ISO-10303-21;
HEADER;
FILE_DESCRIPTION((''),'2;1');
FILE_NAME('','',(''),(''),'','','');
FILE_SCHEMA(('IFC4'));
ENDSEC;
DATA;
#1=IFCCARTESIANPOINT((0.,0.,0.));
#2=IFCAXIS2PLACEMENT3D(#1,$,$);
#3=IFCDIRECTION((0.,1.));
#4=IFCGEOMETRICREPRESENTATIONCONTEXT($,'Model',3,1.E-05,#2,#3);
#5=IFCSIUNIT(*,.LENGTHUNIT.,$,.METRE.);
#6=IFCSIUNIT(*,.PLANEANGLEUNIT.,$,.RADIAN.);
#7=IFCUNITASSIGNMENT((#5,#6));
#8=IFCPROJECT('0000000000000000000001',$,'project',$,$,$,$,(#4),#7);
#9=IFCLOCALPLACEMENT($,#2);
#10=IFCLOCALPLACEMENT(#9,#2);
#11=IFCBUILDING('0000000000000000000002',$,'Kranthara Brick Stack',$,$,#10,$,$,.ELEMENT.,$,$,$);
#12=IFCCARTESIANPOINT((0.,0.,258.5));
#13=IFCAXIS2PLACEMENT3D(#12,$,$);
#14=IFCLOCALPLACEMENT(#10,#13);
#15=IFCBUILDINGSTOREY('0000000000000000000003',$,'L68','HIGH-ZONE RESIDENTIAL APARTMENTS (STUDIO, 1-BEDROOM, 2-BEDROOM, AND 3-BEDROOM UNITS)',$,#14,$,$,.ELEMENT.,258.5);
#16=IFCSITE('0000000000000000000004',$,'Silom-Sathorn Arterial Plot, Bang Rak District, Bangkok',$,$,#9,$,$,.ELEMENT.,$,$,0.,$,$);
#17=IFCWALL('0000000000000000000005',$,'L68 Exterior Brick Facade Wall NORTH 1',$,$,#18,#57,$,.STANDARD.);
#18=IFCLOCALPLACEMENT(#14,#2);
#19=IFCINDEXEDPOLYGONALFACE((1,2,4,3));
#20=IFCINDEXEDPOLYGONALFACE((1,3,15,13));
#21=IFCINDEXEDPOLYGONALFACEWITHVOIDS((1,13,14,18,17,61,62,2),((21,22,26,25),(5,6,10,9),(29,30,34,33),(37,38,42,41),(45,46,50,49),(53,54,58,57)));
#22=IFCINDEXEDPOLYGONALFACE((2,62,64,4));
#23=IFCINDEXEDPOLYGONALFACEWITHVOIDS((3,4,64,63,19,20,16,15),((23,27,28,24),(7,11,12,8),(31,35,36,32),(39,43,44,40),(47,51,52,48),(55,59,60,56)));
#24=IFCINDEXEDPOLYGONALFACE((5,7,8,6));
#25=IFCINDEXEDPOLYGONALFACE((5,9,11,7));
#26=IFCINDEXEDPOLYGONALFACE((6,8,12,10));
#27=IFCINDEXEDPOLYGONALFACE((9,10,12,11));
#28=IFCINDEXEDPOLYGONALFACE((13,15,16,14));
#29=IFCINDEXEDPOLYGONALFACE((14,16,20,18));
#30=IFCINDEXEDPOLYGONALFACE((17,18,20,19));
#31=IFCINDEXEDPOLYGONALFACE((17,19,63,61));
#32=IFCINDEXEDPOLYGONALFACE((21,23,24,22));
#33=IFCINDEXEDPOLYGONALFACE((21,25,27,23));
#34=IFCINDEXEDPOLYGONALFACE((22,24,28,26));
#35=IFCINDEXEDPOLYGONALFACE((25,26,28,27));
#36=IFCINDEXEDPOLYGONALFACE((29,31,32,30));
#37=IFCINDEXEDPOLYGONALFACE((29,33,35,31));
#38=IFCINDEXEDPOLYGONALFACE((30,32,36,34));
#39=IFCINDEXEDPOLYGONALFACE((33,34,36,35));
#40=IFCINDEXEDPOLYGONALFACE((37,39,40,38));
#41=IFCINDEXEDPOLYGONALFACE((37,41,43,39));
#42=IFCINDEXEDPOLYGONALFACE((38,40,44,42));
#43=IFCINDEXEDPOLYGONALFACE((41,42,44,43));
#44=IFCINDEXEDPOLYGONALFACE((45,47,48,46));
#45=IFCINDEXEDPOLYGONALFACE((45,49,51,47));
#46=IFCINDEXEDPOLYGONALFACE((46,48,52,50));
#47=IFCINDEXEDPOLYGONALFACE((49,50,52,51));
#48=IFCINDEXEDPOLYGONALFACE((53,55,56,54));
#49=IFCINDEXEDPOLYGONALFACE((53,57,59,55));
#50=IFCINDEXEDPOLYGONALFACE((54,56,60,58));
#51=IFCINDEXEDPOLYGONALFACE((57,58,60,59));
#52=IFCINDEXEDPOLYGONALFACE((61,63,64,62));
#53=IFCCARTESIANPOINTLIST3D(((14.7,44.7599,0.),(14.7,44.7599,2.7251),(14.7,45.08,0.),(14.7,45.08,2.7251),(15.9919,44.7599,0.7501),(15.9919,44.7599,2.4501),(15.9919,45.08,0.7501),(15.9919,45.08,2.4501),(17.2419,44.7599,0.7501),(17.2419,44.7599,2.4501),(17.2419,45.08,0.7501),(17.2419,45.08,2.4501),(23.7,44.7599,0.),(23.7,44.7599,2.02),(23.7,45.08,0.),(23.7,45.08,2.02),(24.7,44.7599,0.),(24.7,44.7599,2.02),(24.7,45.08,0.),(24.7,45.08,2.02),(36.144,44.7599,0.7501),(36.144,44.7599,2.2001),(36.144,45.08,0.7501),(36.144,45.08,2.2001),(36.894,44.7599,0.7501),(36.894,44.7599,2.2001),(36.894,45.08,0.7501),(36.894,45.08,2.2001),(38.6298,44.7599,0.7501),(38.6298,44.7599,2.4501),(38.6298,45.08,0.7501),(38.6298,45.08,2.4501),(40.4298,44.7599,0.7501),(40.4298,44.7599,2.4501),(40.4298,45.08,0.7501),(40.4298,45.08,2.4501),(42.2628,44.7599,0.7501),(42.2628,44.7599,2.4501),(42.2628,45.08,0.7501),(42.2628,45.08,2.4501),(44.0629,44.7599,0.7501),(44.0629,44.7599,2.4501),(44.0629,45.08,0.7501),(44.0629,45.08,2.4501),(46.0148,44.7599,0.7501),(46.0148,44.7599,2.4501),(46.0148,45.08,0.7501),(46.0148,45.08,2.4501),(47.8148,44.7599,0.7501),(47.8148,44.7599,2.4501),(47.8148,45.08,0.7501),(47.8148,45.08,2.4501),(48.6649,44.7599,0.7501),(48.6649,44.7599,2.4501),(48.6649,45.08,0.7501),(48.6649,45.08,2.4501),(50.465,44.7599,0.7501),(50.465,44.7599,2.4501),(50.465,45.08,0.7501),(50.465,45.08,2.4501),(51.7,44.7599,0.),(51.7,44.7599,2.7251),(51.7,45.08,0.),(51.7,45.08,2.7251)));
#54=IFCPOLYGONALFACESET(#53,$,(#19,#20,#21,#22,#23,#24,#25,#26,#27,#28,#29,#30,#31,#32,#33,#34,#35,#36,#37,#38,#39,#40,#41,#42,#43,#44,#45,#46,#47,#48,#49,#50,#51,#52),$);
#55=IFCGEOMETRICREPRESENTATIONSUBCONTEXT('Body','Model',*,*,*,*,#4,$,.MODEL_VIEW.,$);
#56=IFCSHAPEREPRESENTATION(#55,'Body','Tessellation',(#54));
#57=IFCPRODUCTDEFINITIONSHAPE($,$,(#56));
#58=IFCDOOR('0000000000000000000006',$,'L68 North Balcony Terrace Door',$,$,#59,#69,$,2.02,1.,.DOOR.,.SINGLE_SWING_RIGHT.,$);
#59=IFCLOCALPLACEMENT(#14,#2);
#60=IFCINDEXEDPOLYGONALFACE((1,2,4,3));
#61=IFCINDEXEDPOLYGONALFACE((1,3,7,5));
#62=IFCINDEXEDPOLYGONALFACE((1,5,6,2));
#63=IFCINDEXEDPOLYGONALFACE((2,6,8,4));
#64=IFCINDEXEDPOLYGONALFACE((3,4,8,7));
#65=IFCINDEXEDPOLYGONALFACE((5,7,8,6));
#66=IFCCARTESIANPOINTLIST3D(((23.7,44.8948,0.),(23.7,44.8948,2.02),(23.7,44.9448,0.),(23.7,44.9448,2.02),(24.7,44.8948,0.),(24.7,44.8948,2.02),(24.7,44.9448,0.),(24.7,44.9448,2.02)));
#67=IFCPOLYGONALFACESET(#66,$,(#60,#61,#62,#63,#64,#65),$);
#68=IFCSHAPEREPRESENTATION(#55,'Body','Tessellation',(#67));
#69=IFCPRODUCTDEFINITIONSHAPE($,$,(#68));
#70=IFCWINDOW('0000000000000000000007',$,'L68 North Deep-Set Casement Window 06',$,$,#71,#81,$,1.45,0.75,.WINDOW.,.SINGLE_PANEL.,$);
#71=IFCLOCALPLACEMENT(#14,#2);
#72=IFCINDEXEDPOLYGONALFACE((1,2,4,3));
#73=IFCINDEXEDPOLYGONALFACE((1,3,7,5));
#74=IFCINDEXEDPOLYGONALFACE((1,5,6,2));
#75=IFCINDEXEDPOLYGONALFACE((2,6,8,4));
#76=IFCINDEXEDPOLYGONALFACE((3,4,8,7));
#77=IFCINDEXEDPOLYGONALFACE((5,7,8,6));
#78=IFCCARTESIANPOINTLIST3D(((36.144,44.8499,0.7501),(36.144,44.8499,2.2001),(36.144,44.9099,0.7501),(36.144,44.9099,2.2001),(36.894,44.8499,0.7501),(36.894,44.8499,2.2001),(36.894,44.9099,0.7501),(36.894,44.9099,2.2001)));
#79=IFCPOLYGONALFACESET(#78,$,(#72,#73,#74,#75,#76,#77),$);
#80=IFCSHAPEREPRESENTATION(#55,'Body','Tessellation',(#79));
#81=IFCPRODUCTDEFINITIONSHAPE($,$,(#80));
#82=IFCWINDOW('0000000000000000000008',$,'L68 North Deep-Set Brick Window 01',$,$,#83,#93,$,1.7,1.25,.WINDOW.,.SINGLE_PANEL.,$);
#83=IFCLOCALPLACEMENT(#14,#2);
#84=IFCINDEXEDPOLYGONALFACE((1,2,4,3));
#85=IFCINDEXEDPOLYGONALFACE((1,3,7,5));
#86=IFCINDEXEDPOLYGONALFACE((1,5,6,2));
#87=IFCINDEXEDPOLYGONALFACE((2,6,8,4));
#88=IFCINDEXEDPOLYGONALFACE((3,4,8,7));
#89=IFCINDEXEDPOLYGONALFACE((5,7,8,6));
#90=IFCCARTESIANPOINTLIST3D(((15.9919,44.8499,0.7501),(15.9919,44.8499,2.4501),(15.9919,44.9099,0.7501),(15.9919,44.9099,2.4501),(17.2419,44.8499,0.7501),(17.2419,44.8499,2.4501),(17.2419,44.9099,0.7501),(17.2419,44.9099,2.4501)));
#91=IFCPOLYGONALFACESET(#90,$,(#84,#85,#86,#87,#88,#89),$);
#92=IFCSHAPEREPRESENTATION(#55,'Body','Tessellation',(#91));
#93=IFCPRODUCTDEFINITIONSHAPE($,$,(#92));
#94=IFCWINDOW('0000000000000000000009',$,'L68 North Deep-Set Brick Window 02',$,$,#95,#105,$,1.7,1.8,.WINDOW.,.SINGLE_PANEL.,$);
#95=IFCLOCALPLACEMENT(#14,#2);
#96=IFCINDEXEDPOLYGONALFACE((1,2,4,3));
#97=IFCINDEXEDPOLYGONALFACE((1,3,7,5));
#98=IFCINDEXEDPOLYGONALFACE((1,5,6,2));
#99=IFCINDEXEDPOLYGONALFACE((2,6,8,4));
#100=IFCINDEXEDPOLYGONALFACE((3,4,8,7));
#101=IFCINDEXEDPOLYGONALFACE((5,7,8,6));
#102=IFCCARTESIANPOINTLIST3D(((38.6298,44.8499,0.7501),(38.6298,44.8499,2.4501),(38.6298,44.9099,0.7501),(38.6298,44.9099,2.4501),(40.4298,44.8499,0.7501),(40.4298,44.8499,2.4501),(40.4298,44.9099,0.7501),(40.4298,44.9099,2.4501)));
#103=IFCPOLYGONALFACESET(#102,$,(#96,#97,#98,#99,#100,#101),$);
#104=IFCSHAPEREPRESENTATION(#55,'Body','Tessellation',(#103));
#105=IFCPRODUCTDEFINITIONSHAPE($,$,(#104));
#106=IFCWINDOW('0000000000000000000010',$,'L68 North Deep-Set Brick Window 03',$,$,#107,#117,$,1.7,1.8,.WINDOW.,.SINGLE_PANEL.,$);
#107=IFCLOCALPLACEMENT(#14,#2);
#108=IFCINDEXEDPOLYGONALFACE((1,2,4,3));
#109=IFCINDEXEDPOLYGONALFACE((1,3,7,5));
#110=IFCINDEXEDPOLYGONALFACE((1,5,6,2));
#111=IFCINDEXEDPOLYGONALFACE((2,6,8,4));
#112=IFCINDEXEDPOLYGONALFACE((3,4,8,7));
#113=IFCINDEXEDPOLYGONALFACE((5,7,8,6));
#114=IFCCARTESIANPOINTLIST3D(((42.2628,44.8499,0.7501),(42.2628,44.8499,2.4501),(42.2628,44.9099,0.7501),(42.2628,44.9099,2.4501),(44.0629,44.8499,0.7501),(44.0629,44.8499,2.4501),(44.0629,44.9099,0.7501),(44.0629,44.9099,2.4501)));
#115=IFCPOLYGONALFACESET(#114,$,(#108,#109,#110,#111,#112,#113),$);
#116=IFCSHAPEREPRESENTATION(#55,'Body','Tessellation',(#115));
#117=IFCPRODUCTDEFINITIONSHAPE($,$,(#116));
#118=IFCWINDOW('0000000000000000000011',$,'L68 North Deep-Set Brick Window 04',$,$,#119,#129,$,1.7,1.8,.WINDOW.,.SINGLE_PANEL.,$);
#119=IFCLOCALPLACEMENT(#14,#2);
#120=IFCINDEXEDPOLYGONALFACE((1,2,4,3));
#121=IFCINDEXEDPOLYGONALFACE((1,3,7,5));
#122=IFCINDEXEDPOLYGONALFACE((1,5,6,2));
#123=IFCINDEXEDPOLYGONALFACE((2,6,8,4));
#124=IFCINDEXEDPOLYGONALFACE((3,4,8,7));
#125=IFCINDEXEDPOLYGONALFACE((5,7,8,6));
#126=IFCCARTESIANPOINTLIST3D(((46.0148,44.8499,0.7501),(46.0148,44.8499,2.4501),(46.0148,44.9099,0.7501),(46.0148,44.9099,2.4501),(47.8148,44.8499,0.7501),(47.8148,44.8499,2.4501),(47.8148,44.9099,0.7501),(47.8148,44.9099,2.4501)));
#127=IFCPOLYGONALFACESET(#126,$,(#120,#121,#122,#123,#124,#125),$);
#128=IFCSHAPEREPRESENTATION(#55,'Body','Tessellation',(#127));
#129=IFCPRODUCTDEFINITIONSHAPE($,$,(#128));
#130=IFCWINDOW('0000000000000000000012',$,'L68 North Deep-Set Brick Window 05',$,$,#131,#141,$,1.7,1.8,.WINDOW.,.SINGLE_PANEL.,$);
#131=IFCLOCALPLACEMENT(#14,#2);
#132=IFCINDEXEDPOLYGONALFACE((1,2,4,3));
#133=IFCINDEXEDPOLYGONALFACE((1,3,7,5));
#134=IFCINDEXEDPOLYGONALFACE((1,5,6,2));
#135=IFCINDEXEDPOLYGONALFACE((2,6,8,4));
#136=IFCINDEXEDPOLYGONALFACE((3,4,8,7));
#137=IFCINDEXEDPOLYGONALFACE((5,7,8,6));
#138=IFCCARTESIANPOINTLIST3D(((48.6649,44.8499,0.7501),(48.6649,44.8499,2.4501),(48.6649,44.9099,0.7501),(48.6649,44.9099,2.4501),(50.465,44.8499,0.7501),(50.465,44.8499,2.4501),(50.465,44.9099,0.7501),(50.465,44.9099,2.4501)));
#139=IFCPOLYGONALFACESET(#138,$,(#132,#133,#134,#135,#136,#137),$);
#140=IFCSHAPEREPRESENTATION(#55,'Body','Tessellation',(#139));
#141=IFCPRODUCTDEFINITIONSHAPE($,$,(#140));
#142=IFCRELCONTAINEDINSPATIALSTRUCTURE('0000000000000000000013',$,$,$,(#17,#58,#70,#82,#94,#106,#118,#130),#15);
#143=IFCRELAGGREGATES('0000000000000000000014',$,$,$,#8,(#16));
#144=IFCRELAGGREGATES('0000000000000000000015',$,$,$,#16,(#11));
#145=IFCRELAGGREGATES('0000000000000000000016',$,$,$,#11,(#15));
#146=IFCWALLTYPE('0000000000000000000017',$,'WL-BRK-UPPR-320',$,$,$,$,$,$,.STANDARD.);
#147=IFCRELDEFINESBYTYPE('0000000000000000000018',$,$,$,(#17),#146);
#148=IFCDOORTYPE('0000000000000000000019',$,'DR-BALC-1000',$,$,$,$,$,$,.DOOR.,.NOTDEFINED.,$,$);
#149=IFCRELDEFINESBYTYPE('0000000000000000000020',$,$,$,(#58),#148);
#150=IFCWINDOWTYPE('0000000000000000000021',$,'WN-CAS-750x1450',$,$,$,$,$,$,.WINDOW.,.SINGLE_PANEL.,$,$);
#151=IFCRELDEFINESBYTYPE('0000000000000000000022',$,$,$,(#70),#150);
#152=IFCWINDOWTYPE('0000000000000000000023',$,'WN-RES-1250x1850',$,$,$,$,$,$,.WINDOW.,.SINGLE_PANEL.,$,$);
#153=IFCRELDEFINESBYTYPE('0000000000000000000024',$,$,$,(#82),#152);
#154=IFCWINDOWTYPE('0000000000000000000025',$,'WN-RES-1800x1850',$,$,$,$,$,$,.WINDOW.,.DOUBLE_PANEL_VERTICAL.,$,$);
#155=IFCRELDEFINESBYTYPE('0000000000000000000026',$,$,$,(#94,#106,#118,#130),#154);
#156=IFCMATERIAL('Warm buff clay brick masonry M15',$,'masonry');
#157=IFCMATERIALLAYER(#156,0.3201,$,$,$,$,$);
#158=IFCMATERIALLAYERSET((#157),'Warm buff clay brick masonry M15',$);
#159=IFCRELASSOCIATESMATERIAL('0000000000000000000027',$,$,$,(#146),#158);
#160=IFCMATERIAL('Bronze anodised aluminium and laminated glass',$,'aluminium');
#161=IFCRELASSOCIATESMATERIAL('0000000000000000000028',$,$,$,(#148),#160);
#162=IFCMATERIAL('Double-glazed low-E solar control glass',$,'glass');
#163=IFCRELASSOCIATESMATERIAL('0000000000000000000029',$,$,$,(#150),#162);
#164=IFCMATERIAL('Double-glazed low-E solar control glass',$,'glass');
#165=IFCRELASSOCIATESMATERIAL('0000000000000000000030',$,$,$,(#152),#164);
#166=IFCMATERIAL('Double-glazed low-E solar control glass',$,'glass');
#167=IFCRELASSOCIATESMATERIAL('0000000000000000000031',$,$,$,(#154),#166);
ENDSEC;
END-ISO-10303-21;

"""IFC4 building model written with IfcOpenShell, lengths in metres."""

from ifc_helpers import new_model, si_unit, direction, frame, frame_2d, origin, place, context, subcontext, project, spatial, rectangle, extrude, material, layer, layer_set, type_object, element, fill, save


model = new_model("IFC4")

# Units and contexts
model_context = context("Model", 3, precision=1e-05, world=origin(), true_north=direction((0.0, 1.0)))
body_context = subcontext(model_context, "Body", "Model", "MODEL_VIEW")
ifc_project = project(units=[si_unit("LENGTHUNIT", "METRE"), si_unit("PLANEANGLEUNIT", "RADIAN")], contexts=[model_context])

# Site, building, storey
site_placement = place(None, origin())
site = spatial("IfcSite", under=ifc_project, at=site_placement, Name="Silom-Sathorn Arterial Plot, Bang Rak District, Bangkok", CompositionType="ELEMENT", RefElevation=0.0)
building_placement = place(site_placement, origin())
building = spatial("IfcBuilding", under=site, at=building_placement, Name="Kranthara Brick Stack", CompositionType="ELEMENT")
storey_placement = place(building_placement, frame((0.0, 0.0, 258.5)))
storey = spatial("IfcBuildingStorey", under=building, at=storey_placement, Name="L68", Description="HIGH-ZONE RESIDENTIAL APARTMENTS (STUDIO, 1-BEDROOM, 2-BEDROOM, AND 3-BEDROOM UNITS)", CompositionType="ELEMENT", Elevation=258.5)

# Wall, openings, door, windows
ifc_material_1 = material(Name="Warm buff clay brick masonry M15", Category="masonry")
ifc_layer_1 = layer(ifc_material_1, 0.3201)
ifc_layer_set_1 = layer_set([ifc_layer_1], Name="Warm buff clay brick masonry M15")
wall_type_1 = type_object("IfcWallType", Name="WL-BRK-UPPR-320", PredefinedType="STANDARD", material=ifc_layer_set_1)
wall_1_placement = place(storey_placement, frame((14.7, 44.9199, 0.0), z_axis=(0.0, 0.0, 1.0), x_axis=(1.0, 0.0, 0.0)))
wall_1 = element("IfcWall", 1, at=wall_1_placement, inside=storey, type_object=wall_type_1, Name="L68 Exterior Brick Facade Wall NORTH 1", PredefinedType="STANDARD", context=body_context, shape_type="SweptSolid", body=[
    extrude(rectangle(XDim=37.0, YDim=0.3201, at=frame_2d((18.5, 0.0))), origin(), (0.0, 0.0, 1.0), 2.7251),
])
opening_1_placement = place(wall_1_placement, frame((9.0, 0.0, 0.0)))
opening_1 = element("IfcOpeningElement", 2, at=opening_1_placement, cuts=wall_1, PredefinedType="OPENING", context=body_context, shape_type="SweptSolid", body=[
    extrude(rectangle(XDim=1.0, YDim=2.02, at=frame_2d((0.5, 1.01))), frame((0.0, 0.1699, 0.0), z_axis=(0.0, -1.0, 0.0), x_axis=(1.0, 0.0, 0.0)), (0.0, 0.0, 1.0), 0.3401),
])
opening_2_placement = place(wall_1_placement, frame((1.292, 0.0, 0.75)))
opening_2 = element("IfcOpeningElement", 3, at=opening_2_placement, cuts=wall_1, PredefinedType="OPENING", context=body_context, shape_type="SweptSolid", body=[
    extrude(rectangle(XDim=1.25, YDim=1.7, at=frame_2d((0.625, 0.8501))), frame((0.0, 0.1699, 0.0), z_axis=(0.0, -1.0, 0.0), x_axis=(1.0, 0.0, 0.0)), (0.0, 0.0, 1.0), 0.3401),
])
opening_3_placement = place(wall_1_placement, frame((23.9299, 0.0, 0.75)))
opening_3 = element("IfcOpeningElement", 4, at=opening_3_placement, cuts=wall_1, PredefinedType="OPENING", context=body_context, shape_type="SweptSolid", body=[
    extrude(rectangle(XDim=1.8, YDim=1.7, at=frame_2d((0.8999, 0.8501))), frame((0.0, 0.1699, 0.0), z_axis=(0.0, -1.0, 0.0), x_axis=(1.0, 0.0, 0.0)), (0.0, 0.0, 1.0), 0.3401),
])
opening_4_placement = place(wall_1_placement, frame((27.563, 0.0, 0.75)))
opening_4 = element("IfcOpeningElement", 5, at=opening_4_placement, cuts=wall_1, PredefinedType="OPENING", context=body_context, shape_type="SweptSolid", body=[
    extrude(rectangle(XDim=1.8, YDim=1.7, at=frame_2d((0.8999, 0.8501))), frame((0.0, 0.1699, 0.0), z_axis=(0.0, -1.0, 0.0), x_axis=(1.0, 0.0, 0.0)), (0.0, 0.0, 1.0), 0.3401),
])
opening_5_placement = place(wall_1_placement, frame((31.3149, 0.0, 0.75)))
opening_5 = element("IfcOpeningElement", 6, at=opening_5_placement, cuts=wall_1, PredefinedType="OPENING", context=body_context, shape_type="SweptSolid", body=[
    extrude(rectangle(XDim=1.8, YDim=1.7, at=frame_2d((0.8999, 0.8501))), frame((0.0, 0.1699, 0.0), z_axis=(0.0, -1.0, 0.0), x_axis=(1.0, 0.0, 0.0)), (0.0, 0.0, 1.0), 0.3401),
])
opening_6_placement = place(wall_1_placement, frame((33.9651, 0.0, 0.75)))
opening_6 = element("IfcOpeningElement", 7, at=opening_6_placement, cuts=wall_1, PredefinedType="OPENING", context=body_context, shape_type="SweptSolid", body=[
    extrude(rectangle(XDim=1.8, YDim=1.7, at=frame_2d((0.8999, 0.8501))), frame((0.0, 0.1699, 0.0), z_axis=(0.0, -1.0, 0.0), x_axis=(1.0, 0.0, 0.0)), (0.0, 0.0, 1.0), 0.3401),
])
opening_7_placement = place(wall_1_placement, frame((21.4441, 0.0, 0.75)))
opening_7 = element("IfcOpeningElement", 8, at=opening_7_placement, cuts=wall_1, PredefinedType="OPENING", context=body_context, shape_type="SweptSolid", body=[
    extrude(rectangle(XDim=0.75, YDim=1.45, at=frame_2d((0.375, 0.7251))), frame((0.0, 0.1699, 0.0), z_axis=(0.0, -1.0, 0.0), x_axis=(1.0, 0.0, 0.0)), (0.0, 0.0, 1.0), 0.3401),
])
ifc_material_2 = material(Name="Bronze anodised aluminium and laminated glass", Category="aluminium")
door_type_1 = type_object("IfcDoorType", Name="DR-BALC-1000", OperationType="NOTDEFINED", PredefinedType="DOOR", material=ifc_material_2)
door_1_placement = place(opening_1_placement, origin())
door_1 = element("IfcDoor", 9, at=door_1_placement, inside=storey, type_object=door_type_1, Name="L68 North Balcony Terrace Door", OperationType="SINGLE_SWING_RIGHT", OverallHeight=2.02, OverallWidth=1.0, PredefinedType="DOOR", context=body_context, shape_type="SweptSolid", body=[
    extrude(rectangle(XDim=1.0, YDim=2.02, at=frame_2d((0.5, 1.01))), frame((0.0, 0.0249, 0.0), z_axis=(0.0, -1.0, 0.0), x_axis=(1.0, 0.0, 0.0)), (0.0, 0.0, 1.0), 0.05),
])
fill(opening_1, door_1)
ifc_material_3 = material(Name="Double-glazed low-E solar control glass", Category="glass")
window_type_1 = type_object("IfcWindowType", Name="WN-CAS-750x1450", PartitioningType="SINGLE_PANEL", PredefinedType="WINDOW", material=ifc_material_3)
window_1_placement = place(opening_7_placement, origin())
window_1 = element("IfcWindow", 10, at=window_1_placement, inside=storey, type_object=window_type_1, Name="L68 North Deep-Set Casement Window 06", OverallHeight=1.45, OverallWidth=0.75, PartitioningType="SINGLE_PANEL", PredefinedType="WINDOW", context=body_context, shape_type="SweptSolid", body=[
    extrude(rectangle(XDim=0.75, YDim=1.45, at=frame_2d((0.375, 0.7251))), frame((0.0, -0.01, 0.0), z_axis=(0.0, -1.0, 0.0), x_axis=(1.0, 0.0, 0.0)), (0.0, 0.0, 1.0), 0.0601),
])
fill(opening_7, window_1)
ifc_material_4 = material(Name="Double-glazed low-E solar control glass", Category="glass")
window_type_2 = type_object("IfcWindowType", Name="WN-RES-1250x1850", PartitioningType="SINGLE_PANEL", PredefinedType="WINDOW", material=ifc_material_4)
window_2_placement = place(opening_2_placement, origin())
window_2 = element("IfcWindow", 11, at=window_2_placement, inside=storey, type_object=window_type_2, Name="L68 North Deep-Set Brick Window 01", OverallHeight=1.7, OverallWidth=1.25, PartitioningType="SINGLE_PANEL", PredefinedType="WINDOW", context=body_context, shape_type="SweptSolid", body=[
    extrude(rectangle(XDim=1.25, YDim=1.7, at=frame_2d((0.625, 0.8501))), frame((0.0, -0.01, 0.0), z_axis=(0.0, -1.0, 0.0), x_axis=(1.0, 0.0, 0.0)), (0.0, 0.0, 1.0), 0.0601),
])
fill(opening_2, window_2)
ifc_material_5 = material(Name="Double-glazed low-E solar control glass", Category="glass")
window_type_3 = type_object("IfcWindowType", Name="WN-RES-1800x1850", PartitioningType="DOUBLE_PANEL_VERTICAL", PredefinedType="WINDOW", material=ifc_material_5)
window_3_placement = place(opening_3_placement, origin())
window_3 = element("IfcWindow", 12, at=window_3_placement, inside=storey, type_object=window_type_3, Name="L68 North Deep-Set Brick Window 02", OverallHeight=1.7, OverallWidth=1.8, PartitioningType="SINGLE_PANEL", PredefinedType="WINDOW", context=body_context, shape_type="SweptSolid", body=[
    extrude(rectangle(XDim=1.8, YDim=1.7, at=frame_2d((0.8999, 0.8501))), frame((0.0, -0.01, 0.0), z_axis=(0.0, -1.0, 0.0), x_axis=(1.0, 0.0, 0.0)), (0.0, 0.0, 1.0), 0.0601),
])
fill(opening_3, window_3)
window_4_placement = place(opening_4_placement, origin())
window_4 = element("IfcWindow", 13, at=window_4_placement, inside=storey, type_object=window_type_3, Name="L68 North Deep-Set Brick Window 03", OverallHeight=1.7, OverallWidth=1.8, PartitioningType="SINGLE_PANEL", PredefinedType="WINDOW", context=body_context, shape_type="SweptSolid", body=[
    extrude(rectangle(XDim=1.8, YDim=1.7, at=frame_2d((0.8999, 0.8501))), frame((0.0, -0.01, 0.0), z_axis=(0.0, -1.0, 0.0), x_axis=(1.0, 0.0, 0.0)), (0.0, 0.0, 1.0), 0.0601),
])
fill(opening_4, window_4)
window_5_placement = place(opening_5_placement, origin())
window_5 = element("IfcWindow", 14, at=window_5_placement, inside=storey, type_object=window_type_3, Name="L68 North Deep-Set Brick Window 04", OverallHeight=1.7, OverallWidth=1.8, PartitioningType="SINGLE_PANEL", PredefinedType="WINDOW", context=body_context, shape_type="SweptSolid", body=[
    extrude(rectangle(XDim=1.8, YDim=1.7, at=frame_2d((0.8999, 0.8501))), frame((0.0, -0.01, 0.0), z_axis=(0.0, -1.0, 0.0), x_axis=(1.0, 0.0, 0.0)), (0.0, 0.0, 1.0), 0.0601),
])
fill(opening_5, window_5)
window_6_placement = place(opening_6_placement, origin())
window_6 = element("IfcWindow", 15, at=window_6_placement, inside=storey, type_object=window_type_3, Name="L68 North Deep-Set Brick Window 05", OverallHeight=1.7, OverallWidth=1.8, PartitioningType="SINGLE_PANEL", PredefinedType="WINDOW", context=body_context, shape_type="SweptSolid", body=[
    extrude(rectangle(XDim=1.8, YDim=1.7, at=frame_2d((0.8999, 0.8501))), frame((0.0, -0.01, 0.0), z_axis=(0.0, -1.0, 0.0), x_axis=(1.0, 0.0, 0.0)), (0.0, 0.0, 1.0), 0.0601),
])
fill(opening_6, window_6)

save(model, "model.ifc")
